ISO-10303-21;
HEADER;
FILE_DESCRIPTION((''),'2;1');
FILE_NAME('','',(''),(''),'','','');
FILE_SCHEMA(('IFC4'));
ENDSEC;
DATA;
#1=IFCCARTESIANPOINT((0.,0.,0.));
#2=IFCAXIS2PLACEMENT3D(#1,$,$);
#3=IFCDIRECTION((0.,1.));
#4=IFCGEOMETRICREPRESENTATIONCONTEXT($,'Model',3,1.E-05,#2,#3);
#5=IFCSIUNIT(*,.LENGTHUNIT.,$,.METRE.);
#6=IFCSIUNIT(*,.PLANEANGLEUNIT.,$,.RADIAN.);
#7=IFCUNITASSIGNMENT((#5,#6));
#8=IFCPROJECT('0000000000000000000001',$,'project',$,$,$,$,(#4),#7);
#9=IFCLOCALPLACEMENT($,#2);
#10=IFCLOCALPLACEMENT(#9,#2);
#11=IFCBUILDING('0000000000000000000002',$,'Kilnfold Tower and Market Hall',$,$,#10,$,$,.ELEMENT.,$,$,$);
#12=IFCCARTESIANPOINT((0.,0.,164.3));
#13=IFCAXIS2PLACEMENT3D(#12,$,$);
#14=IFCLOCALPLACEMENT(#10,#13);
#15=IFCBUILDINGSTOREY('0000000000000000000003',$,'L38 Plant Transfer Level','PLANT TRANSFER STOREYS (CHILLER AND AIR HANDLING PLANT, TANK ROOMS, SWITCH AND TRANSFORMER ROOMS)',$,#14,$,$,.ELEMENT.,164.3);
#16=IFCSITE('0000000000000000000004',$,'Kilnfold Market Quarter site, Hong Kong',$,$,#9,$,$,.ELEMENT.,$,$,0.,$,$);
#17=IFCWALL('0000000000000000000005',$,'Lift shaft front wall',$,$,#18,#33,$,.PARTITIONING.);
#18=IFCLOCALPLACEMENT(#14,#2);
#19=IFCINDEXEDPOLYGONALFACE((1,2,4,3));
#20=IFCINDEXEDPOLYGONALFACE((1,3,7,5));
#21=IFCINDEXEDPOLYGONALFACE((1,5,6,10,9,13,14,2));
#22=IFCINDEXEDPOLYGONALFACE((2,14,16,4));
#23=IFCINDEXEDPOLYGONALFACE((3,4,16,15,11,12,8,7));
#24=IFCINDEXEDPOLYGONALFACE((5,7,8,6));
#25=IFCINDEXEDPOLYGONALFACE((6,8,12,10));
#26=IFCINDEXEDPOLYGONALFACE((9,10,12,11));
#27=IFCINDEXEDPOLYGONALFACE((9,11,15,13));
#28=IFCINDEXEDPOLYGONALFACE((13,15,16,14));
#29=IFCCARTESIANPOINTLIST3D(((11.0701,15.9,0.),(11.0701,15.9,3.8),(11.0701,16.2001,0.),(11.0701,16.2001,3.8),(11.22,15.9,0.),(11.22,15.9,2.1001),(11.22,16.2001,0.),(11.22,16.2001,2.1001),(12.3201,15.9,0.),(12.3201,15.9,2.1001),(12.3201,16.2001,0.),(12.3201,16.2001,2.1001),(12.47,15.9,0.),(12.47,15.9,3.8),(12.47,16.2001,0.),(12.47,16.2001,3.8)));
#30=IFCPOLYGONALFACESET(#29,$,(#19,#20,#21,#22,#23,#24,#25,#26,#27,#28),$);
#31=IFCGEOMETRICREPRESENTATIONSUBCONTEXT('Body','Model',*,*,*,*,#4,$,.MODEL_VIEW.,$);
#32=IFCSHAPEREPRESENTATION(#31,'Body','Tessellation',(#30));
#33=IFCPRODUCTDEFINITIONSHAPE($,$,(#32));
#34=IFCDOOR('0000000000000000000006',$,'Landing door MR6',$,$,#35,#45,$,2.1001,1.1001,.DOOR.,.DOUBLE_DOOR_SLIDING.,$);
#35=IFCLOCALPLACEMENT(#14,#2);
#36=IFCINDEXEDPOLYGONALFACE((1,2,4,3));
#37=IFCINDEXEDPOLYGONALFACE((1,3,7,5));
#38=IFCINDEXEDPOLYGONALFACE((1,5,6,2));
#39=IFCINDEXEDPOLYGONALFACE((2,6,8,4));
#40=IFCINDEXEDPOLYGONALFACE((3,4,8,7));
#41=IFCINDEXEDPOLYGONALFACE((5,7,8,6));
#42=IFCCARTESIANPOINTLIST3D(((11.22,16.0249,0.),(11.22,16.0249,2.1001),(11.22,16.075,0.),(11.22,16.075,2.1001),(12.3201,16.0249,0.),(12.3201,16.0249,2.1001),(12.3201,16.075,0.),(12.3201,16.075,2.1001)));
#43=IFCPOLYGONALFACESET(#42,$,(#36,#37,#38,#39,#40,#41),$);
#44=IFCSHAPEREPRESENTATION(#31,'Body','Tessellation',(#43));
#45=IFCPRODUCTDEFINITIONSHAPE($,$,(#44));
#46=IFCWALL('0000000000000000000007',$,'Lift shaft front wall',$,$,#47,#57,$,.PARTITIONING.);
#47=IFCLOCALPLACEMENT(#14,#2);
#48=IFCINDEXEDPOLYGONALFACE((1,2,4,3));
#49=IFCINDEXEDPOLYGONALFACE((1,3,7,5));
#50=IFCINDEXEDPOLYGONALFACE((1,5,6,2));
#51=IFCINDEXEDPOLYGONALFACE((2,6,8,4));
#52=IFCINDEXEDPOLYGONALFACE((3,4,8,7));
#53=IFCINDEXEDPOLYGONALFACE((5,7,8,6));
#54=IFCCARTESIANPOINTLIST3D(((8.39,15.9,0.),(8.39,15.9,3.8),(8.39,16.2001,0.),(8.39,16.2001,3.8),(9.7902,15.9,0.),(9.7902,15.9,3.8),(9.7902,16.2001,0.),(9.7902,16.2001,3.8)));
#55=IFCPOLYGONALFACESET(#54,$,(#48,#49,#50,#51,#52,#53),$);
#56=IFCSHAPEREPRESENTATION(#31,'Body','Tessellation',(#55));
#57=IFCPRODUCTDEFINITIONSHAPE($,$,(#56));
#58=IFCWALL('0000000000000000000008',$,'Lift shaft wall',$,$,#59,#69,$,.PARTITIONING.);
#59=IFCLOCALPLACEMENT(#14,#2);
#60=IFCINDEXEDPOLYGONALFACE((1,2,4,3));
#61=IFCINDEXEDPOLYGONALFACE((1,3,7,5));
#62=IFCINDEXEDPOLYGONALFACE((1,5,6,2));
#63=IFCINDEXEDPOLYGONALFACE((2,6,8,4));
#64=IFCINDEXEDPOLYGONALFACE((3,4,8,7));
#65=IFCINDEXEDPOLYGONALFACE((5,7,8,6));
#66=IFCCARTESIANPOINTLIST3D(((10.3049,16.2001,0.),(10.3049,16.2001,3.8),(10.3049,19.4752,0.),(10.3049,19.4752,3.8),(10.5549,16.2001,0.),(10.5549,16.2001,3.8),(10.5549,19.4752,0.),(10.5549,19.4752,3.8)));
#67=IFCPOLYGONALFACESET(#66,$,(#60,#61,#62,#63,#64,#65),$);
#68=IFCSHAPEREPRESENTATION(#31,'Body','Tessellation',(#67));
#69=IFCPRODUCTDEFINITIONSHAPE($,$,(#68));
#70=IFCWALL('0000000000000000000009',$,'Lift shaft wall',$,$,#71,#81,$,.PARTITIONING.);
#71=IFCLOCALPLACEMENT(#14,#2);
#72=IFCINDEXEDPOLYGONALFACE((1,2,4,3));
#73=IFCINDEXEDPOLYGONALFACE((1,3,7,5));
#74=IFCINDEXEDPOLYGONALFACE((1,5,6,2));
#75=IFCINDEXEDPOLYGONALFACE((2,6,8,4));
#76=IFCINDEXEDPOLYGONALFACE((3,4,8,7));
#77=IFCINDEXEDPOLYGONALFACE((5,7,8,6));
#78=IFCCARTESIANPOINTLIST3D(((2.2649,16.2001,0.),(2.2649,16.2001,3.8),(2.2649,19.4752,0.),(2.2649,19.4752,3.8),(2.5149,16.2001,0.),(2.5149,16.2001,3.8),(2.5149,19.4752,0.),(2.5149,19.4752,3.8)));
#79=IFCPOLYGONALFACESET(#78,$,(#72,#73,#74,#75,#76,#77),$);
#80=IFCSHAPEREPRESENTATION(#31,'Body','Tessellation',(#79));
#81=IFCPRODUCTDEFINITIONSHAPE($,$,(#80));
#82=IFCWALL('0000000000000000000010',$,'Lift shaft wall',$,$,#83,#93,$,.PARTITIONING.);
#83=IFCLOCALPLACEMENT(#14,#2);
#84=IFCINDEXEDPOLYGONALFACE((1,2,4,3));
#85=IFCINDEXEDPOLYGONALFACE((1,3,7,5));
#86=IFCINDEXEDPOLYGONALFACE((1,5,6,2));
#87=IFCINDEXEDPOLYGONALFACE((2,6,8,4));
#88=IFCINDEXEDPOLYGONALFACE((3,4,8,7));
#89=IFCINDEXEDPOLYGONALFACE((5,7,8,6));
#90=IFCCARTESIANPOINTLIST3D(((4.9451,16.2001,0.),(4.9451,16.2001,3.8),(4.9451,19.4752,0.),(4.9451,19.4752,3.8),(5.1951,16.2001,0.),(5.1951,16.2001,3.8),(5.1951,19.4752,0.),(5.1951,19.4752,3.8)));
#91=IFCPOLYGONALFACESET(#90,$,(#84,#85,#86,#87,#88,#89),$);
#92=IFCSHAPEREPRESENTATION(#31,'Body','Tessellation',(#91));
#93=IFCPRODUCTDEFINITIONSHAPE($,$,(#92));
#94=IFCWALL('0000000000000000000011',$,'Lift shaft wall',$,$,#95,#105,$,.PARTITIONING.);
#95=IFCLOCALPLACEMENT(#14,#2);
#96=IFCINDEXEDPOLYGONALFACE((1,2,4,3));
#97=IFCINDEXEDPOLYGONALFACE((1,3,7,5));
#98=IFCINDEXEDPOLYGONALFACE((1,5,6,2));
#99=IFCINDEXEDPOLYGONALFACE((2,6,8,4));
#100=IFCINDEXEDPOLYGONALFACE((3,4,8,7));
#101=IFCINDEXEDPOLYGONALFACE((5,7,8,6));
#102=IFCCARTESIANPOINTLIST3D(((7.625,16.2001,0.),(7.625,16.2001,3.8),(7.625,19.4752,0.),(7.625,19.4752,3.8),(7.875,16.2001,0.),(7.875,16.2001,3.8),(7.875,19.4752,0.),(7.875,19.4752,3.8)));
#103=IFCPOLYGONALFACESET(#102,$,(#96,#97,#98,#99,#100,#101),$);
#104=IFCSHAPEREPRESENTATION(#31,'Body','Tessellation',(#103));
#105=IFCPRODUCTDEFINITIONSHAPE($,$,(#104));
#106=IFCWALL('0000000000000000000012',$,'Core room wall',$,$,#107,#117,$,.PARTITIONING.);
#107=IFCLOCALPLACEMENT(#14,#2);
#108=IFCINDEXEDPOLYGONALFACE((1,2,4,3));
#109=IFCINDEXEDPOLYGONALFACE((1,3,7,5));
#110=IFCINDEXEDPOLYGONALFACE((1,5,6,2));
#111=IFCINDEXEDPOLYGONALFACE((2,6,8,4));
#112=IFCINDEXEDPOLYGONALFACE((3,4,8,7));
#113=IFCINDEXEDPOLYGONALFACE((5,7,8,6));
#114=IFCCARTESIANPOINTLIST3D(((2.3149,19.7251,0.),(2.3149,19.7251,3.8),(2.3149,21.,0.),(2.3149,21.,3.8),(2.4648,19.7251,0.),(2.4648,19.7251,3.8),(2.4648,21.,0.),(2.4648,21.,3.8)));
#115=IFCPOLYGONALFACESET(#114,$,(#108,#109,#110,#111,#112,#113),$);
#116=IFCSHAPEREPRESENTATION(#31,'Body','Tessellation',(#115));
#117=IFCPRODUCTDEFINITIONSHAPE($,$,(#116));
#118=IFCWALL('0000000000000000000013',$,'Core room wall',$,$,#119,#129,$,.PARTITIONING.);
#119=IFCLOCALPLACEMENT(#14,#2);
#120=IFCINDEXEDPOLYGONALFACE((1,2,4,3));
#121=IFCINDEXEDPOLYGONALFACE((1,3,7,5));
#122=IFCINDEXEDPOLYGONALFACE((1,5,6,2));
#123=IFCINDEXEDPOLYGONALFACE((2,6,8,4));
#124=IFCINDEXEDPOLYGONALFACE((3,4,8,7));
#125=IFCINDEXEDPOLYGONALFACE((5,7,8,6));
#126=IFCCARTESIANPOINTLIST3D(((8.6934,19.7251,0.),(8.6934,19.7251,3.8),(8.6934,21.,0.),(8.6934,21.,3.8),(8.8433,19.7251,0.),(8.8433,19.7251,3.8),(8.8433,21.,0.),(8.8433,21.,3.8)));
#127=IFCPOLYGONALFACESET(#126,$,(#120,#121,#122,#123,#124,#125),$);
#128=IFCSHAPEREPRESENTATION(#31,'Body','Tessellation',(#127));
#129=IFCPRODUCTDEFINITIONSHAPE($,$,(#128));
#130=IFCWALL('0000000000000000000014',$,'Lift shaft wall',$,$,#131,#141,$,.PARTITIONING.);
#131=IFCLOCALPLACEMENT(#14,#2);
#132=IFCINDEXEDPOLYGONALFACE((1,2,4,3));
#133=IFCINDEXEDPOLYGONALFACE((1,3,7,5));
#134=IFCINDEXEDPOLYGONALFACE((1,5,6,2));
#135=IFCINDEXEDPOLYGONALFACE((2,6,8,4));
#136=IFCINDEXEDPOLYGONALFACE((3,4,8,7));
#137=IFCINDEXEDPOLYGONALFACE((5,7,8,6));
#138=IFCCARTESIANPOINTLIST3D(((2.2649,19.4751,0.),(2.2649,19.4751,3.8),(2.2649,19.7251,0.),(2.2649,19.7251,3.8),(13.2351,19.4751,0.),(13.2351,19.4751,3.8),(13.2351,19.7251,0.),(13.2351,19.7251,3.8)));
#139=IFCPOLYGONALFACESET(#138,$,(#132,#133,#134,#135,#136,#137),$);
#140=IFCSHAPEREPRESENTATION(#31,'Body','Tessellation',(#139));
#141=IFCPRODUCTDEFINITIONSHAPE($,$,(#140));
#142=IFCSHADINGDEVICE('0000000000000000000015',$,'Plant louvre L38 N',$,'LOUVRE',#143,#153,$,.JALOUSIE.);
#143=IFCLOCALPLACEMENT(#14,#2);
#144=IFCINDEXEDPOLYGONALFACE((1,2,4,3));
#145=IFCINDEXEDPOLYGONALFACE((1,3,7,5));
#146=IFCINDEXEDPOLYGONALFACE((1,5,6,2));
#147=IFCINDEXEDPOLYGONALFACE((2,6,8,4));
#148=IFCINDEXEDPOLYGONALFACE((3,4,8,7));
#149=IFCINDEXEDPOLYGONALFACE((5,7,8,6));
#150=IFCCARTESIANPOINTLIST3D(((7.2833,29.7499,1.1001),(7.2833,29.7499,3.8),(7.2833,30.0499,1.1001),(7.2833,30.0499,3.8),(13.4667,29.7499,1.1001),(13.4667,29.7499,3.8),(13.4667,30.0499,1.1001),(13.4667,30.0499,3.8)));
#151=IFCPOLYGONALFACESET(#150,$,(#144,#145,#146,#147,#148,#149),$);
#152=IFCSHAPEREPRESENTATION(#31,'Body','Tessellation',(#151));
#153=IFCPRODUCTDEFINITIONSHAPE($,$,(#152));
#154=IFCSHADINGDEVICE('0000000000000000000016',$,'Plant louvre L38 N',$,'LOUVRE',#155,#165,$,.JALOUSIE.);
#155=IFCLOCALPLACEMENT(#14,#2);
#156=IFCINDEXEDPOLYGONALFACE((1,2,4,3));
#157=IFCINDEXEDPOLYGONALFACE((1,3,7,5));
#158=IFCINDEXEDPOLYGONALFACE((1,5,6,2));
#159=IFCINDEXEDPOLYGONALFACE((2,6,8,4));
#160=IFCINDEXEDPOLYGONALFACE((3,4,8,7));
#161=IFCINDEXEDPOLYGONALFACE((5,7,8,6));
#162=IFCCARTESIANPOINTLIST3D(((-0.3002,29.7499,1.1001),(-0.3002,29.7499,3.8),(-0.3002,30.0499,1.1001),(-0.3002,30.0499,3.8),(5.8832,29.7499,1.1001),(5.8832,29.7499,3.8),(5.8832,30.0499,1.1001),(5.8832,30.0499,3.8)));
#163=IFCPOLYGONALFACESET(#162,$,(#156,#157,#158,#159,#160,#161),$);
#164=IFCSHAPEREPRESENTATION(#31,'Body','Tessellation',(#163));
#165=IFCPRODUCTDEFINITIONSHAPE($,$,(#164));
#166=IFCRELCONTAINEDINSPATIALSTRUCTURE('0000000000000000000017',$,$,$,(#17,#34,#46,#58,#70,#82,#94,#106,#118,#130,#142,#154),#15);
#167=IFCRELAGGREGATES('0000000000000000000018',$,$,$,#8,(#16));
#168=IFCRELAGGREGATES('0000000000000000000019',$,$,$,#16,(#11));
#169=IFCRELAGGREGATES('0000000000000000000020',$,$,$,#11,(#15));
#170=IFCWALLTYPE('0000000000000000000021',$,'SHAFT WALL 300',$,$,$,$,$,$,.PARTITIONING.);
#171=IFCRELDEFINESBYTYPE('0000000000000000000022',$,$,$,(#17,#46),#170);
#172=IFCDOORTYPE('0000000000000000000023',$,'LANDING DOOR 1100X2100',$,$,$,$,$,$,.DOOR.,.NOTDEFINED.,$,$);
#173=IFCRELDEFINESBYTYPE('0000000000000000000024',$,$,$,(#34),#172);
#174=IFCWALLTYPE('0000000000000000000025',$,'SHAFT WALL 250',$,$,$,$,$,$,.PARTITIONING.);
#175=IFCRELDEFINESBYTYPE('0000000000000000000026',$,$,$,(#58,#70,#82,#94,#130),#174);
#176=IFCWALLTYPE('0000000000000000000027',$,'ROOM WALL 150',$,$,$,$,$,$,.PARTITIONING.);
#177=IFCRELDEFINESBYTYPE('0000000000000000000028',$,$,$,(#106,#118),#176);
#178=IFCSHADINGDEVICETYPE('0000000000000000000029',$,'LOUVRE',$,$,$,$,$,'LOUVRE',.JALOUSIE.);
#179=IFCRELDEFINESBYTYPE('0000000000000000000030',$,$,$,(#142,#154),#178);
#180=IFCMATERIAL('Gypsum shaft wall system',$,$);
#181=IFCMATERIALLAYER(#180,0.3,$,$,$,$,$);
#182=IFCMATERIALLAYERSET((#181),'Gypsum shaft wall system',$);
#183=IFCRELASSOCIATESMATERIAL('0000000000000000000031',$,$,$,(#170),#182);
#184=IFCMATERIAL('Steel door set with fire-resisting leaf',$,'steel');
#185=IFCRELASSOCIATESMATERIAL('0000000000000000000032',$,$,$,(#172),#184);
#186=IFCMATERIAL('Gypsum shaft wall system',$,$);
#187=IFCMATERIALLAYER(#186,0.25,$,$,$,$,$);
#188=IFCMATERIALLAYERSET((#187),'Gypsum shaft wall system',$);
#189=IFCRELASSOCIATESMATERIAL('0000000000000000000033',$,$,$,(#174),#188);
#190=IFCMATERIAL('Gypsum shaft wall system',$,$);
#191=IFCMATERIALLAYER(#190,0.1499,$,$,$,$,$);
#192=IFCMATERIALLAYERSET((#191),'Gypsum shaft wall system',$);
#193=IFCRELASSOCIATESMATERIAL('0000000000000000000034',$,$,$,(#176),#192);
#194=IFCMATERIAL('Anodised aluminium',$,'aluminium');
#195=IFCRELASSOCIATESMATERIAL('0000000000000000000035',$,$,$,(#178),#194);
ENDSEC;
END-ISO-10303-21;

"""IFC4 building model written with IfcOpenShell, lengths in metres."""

from ifc_helpers import new_model, si_unit, direction, frame, frame_2d, origin, origin_2d, place, context, subcontext, project, spatial, rectangle, extrude, source, transform, mapped, material, layer, layer_set, type_object, element, fill, save


model = new_model("IFC4")

# Units and contexts
model_context = context("Model", 3, precision=1e-05, world=origin(), true_north=direction((0.0, 1.0)))
body_context = subcontext(model_context, "Body", "Model", "MODEL_VIEW")
ifc_project = project(units=[si_unit("LENGTHUNIT", "METRE"), si_unit("PLANEANGLEUNIT", "RADIAN")], contexts=[model_context])

# Site, building, storey
site_placement = place(None, origin())
site = spatial("IfcSite", under=ifc_project, at=site_placement, Name="Kilnfold Market Quarter site, Hong Kong", CompositionType="ELEMENT", RefElevation=0.0)
building_placement = place(site_placement, origin())
building = spatial("IfcBuilding", under=site, at=building_placement, Name="Kilnfold Tower and Market Hall", CompositionType="ELEMENT")
storey_placement = place(building_placement, frame((0.0, 0.0, 164.3)))
storey = spatial("IfcBuildingStorey", under=building, at=storey_placement, Name="L38 Plant Transfer Level", Description="PLANT TRANSFER STOREYS (CHILLER AND AIR HANDLING PLANT, TANK ROOMS, SWITCH AND TRANSFORMER ROOMS)", CompositionType="ELEMENT", Elevation=164.3)

# Wall, opening, door
ifc_material_1 = material(Name="Gypsum shaft wall system")
ifc_layer_1 = layer(ifc_material_1, 0.3)
ifc_layer_set_1 = layer_set([ifc_layer_1], Name="Gypsum shaft wall system")
wall_type_1 = type_object("IfcWallType", Name="SHAFT WALL 300", PredefinedType="PARTITIONING", material=ifc_layer_set_1)
shared_shape_1 = source(origin(), body_context, "Body", "SweptSolid", [
    extrude(rectangle(XDim=1.3999, YDim=0.3, at=frame_2d((0.7, 0.0))), origin(), (0.0, 0.0, 1.0), 3.8),
])
wall_1_placement = place(storey_placement, frame((11.0701, 16.05, 0.0), z_axis=(0.0, 0.0, 1.0), x_axis=(1.0, 0.0, 0.0)))
wall_1 = element("IfcWall", 1, at=wall_1_placement, inside=storey, type_object=wall_type_1, Name="Lift shaft front wall", PredefinedType="PARTITIONING", context=body_context, shape_type="MappedRepresentation", body=[
    mapped(shared_shape_1, transform((0.0, 0.0, 0.0))),
])
opening_placement = place(wall_1_placement, frame((0.1499, 0.0, 0.0)))
opening = element("IfcOpeningElement", 2, at=opening_placement, cuts=wall_1, PredefinedType="OPENING", context=body_context, shape_type="SweptSolid", body=[
    extrude(rectangle(XDim=1.1001, YDim=2.1001, at=frame_2d((0.55, 1.05))), frame((0.0, 0.1602, 0.0), z_axis=(0.0, -1.0, 0.0), x_axis=(1.0, 0.0, 0.0)), (0.0, 0.0, 1.0), 0.3201),
])
ifc_material_2 = material(Name="Steel door set with fire-resisting leaf", Category="steel")
door_type = type_object("IfcDoorType", Name="LANDING DOOR 1100X2100", OperationType="NOTDEFINED", PredefinedType="DOOR", material=ifc_material_2)
door_placement = place(opening_placement, origin())
door = element("IfcDoor", 3, at=door_placement, inside=storey, type_object=door_type, Name="Landing door MR6", OperationType="DOUBLE_DOOR_SLIDING", OverallHeight=2.1001, OverallWidth=1.1001, PredefinedType="DOOR", context=body_context, shape_type="SweptSolid", body=[
    extrude(rectangle(XDim=1.1001, YDim=2.1001, at=frame_2d((0.55, 1.05))), frame((0.0, 0.0249, 0.0), z_axis=(0.0, -1.0, 0.0), x_axis=(1.0, 0.0, 0.0)), (0.0, 0.0, 1.0), 0.05),
])
fill(opening, door)

# Walls
shared_shape_2 = source(origin(), body_context, "Body", "SweptSolid", [
    extrude(rectangle(XDim=1.4001, YDim=0.3, at=frame_2d((0.7002, 0.0))), origin(), (0.0, 0.0, 1.0), 3.8),
])
wall_2_placement = place(storey_placement, frame((8.3899, 16.05, 0.0), z_axis=(0.0, 0.0, 1.0), x_axis=(1.0, 0.0, 0.0)))
element("IfcWall", 4, at=wall_2_placement, inside=storey, type_object=wall_type_1, Name="Lift shaft front wall", PredefinedType="PARTITIONING", context=body_context, shape_type="MappedRepresentation", body=[
    mapped(shared_shape_2, transform((0.0, 0.0, 0.0))),
])
ifc_material_3 = material(Name="Gypsum shaft wall system")
ifc_layer_2 = layer(ifc_material_3, 0.25)
ifc_layer_set_2 = layer_set([ifc_layer_2], Name="Gypsum shaft wall system")
wall_type_2 = type_object("IfcWallType", Name="SHAFT WALL 250", PredefinedType="PARTITIONING", material=ifc_layer_set_2)
shared_shape_3 = source(origin(), body_context, "Body", "SweptSolid", [
    extrude(rectangle(XDim=3.2751, YDim=0.25, at=frame_2d((1.6377, 0.0))), origin(), (0.0, 0.0, 1.0), 3.8),
])
for number, where, z_axis, x_axis, name in (
    (5, (10.4299, 16.2, 0.0), (0.0, 0.0, 1.0), (0.0, 1.0, 0.0), "Lift shaft wall"),
    (6, (2.3899, 16.2, 0.0), (0.0, 0.0, 1.0), (0.0, 1.0, 0.0), "Lift shaft wall"),
    (7, (5.0701, 16.2, 0.0), (0.0, 0.0, 1.0), (0.0, 1.0, 0.0), "Lift shaft wall"),
    (8, (7.75, 16.2, 0.0), (0.0, 0.0, 1.0), (0.0, 1.0, 0.0), "Lift shaft wall"),
):
    element("IfcWall", number, at=place(storey_placement, frame(where, z_axis=z_axis, x_axis=x_axis)), inside=storey, type_object=wall_type_2, Name=name, PredefinedType="PARTITIONING", context=body_context, shape_type="MappedRepresentation", body=[
        mapped(shared_shape_3, transform((0.0, 0.0, 0.0))),
    ])
ifc_material_4 = material(Name="Gypsum shaft wall system")
ifc_layer_3 = layer(ifc_material_4, 0.1499)
ifc_layer_set_3 = layer_set([ifc_layer_3], Name="Gypsum shaft wall system")
wall_type_3 = type_object("IfcWallType", Name="ROOM WALL 150", PredefinedType="PARTITIONING", material=ifc_layer_set_3)
shared_shape_4 = source(origin(), body_context, "Body", "SweptSolid", [
    extrude(rectangle(XDim=1.2749, YDim=0.1499, at=frame_2d((0.6375, 0.0))), origin(), (0.0, 0.0, 1.0), 3.8),
])
for number, where, z_axis, x_axis, name in (
    (9, (2.3899, 19.7251, 0.0), (0.0, 0.0, 1.0), (0.0, 1.0, 0.0), "Core room wall"),
    (10, (8.7683, 19.7251, 0.0), (0.0, 0.0, 1.0), (0.0, 1.0, 0.0), "Core room wall"),
):
    element("IfcWall", number, at=place(storey_placement, frame(where, z_axis=z_axis, x_axis=x_axis)), inside=storey, type_object=wall_type_3, Name=name, PredefinedType="PARTITIONING", context=body_context, shape_type="MappedRepresentation", body=[
        mapped(shared_shape_4, transform((0.0, 0.0, 0.0))),
    ])
shared_shape_5 = source(origin(), body_context, "Body", "SweptSolid", [
    extrude(rectangle(XDim=10.9702, YDim=0.25, at=frame_2d((5.4851, 0.0))), origin(), (0.0, 0.0, 1.0), 3.8),
])
wall_3_placement = place(storey_placement, frame((2.2649, 19.6001, 0.0), z_axis=(0.0, 0.0, 1.0), x_axis=(1.0, 0.0, 0.0)))
element("IfcWall", 11, at=wall_3_placement, inside=storey, type_object=wall_type_2, Name="Lift shaft wall", PredefinedType="PARTITIONING", context=body_context, shape_type="MappedRepresentation", body=[
    mapped(shared_shape_5, transform((0.0, 0.0, 0.0))),
])

# Shading devices
ifc_material_5 = material(Name="Anodised aluminium", Category="aluminium")
shading_device_type = type_object("IfcShadingDeviceType", Name="LOUVRE", ElementType="LOUVRE", PredefinedType="JALOUSIE", material=ifc_material_5)
shared_shape_6 = source(origin(), body_context, "Body", "SweptSolid", [
    extrude(rectangle(XDim=6.1833, YDim=0.3, at=origin_2d()), origin(), (0.0, 0.0, 1.0), 2.7),
])
for number, where, z_axis, x_axis, name in (
    (12, (10.375, 29.8999, 1.1001), (0.0, 0.0, 1.0), (-1.0, 0.0, 0.0), "Plant louvre L38 N"),
    (13, (2.7915, 29.8999, 1.1001), (0.0, 0.0, 1.0), (-1.0, 0.0, 0.0), "Plant louvre L38 N"),
):
    element("IfcShadingDevice", number, at=place(storey_placement, frame(where, z_axis=z_axis, x_axis=x_axis)), inside=storey, type_object=shading_device_type, Name=name, ObjectType="LOUVRE", PredefinedType="JALOUSIE", context=body_context, shape_type="MappedRepresentation", body=[
        mapped(shared_shape_6, transform((0.0, 0.0, 0.0))),
    ])

save(model, "model.ifc")
